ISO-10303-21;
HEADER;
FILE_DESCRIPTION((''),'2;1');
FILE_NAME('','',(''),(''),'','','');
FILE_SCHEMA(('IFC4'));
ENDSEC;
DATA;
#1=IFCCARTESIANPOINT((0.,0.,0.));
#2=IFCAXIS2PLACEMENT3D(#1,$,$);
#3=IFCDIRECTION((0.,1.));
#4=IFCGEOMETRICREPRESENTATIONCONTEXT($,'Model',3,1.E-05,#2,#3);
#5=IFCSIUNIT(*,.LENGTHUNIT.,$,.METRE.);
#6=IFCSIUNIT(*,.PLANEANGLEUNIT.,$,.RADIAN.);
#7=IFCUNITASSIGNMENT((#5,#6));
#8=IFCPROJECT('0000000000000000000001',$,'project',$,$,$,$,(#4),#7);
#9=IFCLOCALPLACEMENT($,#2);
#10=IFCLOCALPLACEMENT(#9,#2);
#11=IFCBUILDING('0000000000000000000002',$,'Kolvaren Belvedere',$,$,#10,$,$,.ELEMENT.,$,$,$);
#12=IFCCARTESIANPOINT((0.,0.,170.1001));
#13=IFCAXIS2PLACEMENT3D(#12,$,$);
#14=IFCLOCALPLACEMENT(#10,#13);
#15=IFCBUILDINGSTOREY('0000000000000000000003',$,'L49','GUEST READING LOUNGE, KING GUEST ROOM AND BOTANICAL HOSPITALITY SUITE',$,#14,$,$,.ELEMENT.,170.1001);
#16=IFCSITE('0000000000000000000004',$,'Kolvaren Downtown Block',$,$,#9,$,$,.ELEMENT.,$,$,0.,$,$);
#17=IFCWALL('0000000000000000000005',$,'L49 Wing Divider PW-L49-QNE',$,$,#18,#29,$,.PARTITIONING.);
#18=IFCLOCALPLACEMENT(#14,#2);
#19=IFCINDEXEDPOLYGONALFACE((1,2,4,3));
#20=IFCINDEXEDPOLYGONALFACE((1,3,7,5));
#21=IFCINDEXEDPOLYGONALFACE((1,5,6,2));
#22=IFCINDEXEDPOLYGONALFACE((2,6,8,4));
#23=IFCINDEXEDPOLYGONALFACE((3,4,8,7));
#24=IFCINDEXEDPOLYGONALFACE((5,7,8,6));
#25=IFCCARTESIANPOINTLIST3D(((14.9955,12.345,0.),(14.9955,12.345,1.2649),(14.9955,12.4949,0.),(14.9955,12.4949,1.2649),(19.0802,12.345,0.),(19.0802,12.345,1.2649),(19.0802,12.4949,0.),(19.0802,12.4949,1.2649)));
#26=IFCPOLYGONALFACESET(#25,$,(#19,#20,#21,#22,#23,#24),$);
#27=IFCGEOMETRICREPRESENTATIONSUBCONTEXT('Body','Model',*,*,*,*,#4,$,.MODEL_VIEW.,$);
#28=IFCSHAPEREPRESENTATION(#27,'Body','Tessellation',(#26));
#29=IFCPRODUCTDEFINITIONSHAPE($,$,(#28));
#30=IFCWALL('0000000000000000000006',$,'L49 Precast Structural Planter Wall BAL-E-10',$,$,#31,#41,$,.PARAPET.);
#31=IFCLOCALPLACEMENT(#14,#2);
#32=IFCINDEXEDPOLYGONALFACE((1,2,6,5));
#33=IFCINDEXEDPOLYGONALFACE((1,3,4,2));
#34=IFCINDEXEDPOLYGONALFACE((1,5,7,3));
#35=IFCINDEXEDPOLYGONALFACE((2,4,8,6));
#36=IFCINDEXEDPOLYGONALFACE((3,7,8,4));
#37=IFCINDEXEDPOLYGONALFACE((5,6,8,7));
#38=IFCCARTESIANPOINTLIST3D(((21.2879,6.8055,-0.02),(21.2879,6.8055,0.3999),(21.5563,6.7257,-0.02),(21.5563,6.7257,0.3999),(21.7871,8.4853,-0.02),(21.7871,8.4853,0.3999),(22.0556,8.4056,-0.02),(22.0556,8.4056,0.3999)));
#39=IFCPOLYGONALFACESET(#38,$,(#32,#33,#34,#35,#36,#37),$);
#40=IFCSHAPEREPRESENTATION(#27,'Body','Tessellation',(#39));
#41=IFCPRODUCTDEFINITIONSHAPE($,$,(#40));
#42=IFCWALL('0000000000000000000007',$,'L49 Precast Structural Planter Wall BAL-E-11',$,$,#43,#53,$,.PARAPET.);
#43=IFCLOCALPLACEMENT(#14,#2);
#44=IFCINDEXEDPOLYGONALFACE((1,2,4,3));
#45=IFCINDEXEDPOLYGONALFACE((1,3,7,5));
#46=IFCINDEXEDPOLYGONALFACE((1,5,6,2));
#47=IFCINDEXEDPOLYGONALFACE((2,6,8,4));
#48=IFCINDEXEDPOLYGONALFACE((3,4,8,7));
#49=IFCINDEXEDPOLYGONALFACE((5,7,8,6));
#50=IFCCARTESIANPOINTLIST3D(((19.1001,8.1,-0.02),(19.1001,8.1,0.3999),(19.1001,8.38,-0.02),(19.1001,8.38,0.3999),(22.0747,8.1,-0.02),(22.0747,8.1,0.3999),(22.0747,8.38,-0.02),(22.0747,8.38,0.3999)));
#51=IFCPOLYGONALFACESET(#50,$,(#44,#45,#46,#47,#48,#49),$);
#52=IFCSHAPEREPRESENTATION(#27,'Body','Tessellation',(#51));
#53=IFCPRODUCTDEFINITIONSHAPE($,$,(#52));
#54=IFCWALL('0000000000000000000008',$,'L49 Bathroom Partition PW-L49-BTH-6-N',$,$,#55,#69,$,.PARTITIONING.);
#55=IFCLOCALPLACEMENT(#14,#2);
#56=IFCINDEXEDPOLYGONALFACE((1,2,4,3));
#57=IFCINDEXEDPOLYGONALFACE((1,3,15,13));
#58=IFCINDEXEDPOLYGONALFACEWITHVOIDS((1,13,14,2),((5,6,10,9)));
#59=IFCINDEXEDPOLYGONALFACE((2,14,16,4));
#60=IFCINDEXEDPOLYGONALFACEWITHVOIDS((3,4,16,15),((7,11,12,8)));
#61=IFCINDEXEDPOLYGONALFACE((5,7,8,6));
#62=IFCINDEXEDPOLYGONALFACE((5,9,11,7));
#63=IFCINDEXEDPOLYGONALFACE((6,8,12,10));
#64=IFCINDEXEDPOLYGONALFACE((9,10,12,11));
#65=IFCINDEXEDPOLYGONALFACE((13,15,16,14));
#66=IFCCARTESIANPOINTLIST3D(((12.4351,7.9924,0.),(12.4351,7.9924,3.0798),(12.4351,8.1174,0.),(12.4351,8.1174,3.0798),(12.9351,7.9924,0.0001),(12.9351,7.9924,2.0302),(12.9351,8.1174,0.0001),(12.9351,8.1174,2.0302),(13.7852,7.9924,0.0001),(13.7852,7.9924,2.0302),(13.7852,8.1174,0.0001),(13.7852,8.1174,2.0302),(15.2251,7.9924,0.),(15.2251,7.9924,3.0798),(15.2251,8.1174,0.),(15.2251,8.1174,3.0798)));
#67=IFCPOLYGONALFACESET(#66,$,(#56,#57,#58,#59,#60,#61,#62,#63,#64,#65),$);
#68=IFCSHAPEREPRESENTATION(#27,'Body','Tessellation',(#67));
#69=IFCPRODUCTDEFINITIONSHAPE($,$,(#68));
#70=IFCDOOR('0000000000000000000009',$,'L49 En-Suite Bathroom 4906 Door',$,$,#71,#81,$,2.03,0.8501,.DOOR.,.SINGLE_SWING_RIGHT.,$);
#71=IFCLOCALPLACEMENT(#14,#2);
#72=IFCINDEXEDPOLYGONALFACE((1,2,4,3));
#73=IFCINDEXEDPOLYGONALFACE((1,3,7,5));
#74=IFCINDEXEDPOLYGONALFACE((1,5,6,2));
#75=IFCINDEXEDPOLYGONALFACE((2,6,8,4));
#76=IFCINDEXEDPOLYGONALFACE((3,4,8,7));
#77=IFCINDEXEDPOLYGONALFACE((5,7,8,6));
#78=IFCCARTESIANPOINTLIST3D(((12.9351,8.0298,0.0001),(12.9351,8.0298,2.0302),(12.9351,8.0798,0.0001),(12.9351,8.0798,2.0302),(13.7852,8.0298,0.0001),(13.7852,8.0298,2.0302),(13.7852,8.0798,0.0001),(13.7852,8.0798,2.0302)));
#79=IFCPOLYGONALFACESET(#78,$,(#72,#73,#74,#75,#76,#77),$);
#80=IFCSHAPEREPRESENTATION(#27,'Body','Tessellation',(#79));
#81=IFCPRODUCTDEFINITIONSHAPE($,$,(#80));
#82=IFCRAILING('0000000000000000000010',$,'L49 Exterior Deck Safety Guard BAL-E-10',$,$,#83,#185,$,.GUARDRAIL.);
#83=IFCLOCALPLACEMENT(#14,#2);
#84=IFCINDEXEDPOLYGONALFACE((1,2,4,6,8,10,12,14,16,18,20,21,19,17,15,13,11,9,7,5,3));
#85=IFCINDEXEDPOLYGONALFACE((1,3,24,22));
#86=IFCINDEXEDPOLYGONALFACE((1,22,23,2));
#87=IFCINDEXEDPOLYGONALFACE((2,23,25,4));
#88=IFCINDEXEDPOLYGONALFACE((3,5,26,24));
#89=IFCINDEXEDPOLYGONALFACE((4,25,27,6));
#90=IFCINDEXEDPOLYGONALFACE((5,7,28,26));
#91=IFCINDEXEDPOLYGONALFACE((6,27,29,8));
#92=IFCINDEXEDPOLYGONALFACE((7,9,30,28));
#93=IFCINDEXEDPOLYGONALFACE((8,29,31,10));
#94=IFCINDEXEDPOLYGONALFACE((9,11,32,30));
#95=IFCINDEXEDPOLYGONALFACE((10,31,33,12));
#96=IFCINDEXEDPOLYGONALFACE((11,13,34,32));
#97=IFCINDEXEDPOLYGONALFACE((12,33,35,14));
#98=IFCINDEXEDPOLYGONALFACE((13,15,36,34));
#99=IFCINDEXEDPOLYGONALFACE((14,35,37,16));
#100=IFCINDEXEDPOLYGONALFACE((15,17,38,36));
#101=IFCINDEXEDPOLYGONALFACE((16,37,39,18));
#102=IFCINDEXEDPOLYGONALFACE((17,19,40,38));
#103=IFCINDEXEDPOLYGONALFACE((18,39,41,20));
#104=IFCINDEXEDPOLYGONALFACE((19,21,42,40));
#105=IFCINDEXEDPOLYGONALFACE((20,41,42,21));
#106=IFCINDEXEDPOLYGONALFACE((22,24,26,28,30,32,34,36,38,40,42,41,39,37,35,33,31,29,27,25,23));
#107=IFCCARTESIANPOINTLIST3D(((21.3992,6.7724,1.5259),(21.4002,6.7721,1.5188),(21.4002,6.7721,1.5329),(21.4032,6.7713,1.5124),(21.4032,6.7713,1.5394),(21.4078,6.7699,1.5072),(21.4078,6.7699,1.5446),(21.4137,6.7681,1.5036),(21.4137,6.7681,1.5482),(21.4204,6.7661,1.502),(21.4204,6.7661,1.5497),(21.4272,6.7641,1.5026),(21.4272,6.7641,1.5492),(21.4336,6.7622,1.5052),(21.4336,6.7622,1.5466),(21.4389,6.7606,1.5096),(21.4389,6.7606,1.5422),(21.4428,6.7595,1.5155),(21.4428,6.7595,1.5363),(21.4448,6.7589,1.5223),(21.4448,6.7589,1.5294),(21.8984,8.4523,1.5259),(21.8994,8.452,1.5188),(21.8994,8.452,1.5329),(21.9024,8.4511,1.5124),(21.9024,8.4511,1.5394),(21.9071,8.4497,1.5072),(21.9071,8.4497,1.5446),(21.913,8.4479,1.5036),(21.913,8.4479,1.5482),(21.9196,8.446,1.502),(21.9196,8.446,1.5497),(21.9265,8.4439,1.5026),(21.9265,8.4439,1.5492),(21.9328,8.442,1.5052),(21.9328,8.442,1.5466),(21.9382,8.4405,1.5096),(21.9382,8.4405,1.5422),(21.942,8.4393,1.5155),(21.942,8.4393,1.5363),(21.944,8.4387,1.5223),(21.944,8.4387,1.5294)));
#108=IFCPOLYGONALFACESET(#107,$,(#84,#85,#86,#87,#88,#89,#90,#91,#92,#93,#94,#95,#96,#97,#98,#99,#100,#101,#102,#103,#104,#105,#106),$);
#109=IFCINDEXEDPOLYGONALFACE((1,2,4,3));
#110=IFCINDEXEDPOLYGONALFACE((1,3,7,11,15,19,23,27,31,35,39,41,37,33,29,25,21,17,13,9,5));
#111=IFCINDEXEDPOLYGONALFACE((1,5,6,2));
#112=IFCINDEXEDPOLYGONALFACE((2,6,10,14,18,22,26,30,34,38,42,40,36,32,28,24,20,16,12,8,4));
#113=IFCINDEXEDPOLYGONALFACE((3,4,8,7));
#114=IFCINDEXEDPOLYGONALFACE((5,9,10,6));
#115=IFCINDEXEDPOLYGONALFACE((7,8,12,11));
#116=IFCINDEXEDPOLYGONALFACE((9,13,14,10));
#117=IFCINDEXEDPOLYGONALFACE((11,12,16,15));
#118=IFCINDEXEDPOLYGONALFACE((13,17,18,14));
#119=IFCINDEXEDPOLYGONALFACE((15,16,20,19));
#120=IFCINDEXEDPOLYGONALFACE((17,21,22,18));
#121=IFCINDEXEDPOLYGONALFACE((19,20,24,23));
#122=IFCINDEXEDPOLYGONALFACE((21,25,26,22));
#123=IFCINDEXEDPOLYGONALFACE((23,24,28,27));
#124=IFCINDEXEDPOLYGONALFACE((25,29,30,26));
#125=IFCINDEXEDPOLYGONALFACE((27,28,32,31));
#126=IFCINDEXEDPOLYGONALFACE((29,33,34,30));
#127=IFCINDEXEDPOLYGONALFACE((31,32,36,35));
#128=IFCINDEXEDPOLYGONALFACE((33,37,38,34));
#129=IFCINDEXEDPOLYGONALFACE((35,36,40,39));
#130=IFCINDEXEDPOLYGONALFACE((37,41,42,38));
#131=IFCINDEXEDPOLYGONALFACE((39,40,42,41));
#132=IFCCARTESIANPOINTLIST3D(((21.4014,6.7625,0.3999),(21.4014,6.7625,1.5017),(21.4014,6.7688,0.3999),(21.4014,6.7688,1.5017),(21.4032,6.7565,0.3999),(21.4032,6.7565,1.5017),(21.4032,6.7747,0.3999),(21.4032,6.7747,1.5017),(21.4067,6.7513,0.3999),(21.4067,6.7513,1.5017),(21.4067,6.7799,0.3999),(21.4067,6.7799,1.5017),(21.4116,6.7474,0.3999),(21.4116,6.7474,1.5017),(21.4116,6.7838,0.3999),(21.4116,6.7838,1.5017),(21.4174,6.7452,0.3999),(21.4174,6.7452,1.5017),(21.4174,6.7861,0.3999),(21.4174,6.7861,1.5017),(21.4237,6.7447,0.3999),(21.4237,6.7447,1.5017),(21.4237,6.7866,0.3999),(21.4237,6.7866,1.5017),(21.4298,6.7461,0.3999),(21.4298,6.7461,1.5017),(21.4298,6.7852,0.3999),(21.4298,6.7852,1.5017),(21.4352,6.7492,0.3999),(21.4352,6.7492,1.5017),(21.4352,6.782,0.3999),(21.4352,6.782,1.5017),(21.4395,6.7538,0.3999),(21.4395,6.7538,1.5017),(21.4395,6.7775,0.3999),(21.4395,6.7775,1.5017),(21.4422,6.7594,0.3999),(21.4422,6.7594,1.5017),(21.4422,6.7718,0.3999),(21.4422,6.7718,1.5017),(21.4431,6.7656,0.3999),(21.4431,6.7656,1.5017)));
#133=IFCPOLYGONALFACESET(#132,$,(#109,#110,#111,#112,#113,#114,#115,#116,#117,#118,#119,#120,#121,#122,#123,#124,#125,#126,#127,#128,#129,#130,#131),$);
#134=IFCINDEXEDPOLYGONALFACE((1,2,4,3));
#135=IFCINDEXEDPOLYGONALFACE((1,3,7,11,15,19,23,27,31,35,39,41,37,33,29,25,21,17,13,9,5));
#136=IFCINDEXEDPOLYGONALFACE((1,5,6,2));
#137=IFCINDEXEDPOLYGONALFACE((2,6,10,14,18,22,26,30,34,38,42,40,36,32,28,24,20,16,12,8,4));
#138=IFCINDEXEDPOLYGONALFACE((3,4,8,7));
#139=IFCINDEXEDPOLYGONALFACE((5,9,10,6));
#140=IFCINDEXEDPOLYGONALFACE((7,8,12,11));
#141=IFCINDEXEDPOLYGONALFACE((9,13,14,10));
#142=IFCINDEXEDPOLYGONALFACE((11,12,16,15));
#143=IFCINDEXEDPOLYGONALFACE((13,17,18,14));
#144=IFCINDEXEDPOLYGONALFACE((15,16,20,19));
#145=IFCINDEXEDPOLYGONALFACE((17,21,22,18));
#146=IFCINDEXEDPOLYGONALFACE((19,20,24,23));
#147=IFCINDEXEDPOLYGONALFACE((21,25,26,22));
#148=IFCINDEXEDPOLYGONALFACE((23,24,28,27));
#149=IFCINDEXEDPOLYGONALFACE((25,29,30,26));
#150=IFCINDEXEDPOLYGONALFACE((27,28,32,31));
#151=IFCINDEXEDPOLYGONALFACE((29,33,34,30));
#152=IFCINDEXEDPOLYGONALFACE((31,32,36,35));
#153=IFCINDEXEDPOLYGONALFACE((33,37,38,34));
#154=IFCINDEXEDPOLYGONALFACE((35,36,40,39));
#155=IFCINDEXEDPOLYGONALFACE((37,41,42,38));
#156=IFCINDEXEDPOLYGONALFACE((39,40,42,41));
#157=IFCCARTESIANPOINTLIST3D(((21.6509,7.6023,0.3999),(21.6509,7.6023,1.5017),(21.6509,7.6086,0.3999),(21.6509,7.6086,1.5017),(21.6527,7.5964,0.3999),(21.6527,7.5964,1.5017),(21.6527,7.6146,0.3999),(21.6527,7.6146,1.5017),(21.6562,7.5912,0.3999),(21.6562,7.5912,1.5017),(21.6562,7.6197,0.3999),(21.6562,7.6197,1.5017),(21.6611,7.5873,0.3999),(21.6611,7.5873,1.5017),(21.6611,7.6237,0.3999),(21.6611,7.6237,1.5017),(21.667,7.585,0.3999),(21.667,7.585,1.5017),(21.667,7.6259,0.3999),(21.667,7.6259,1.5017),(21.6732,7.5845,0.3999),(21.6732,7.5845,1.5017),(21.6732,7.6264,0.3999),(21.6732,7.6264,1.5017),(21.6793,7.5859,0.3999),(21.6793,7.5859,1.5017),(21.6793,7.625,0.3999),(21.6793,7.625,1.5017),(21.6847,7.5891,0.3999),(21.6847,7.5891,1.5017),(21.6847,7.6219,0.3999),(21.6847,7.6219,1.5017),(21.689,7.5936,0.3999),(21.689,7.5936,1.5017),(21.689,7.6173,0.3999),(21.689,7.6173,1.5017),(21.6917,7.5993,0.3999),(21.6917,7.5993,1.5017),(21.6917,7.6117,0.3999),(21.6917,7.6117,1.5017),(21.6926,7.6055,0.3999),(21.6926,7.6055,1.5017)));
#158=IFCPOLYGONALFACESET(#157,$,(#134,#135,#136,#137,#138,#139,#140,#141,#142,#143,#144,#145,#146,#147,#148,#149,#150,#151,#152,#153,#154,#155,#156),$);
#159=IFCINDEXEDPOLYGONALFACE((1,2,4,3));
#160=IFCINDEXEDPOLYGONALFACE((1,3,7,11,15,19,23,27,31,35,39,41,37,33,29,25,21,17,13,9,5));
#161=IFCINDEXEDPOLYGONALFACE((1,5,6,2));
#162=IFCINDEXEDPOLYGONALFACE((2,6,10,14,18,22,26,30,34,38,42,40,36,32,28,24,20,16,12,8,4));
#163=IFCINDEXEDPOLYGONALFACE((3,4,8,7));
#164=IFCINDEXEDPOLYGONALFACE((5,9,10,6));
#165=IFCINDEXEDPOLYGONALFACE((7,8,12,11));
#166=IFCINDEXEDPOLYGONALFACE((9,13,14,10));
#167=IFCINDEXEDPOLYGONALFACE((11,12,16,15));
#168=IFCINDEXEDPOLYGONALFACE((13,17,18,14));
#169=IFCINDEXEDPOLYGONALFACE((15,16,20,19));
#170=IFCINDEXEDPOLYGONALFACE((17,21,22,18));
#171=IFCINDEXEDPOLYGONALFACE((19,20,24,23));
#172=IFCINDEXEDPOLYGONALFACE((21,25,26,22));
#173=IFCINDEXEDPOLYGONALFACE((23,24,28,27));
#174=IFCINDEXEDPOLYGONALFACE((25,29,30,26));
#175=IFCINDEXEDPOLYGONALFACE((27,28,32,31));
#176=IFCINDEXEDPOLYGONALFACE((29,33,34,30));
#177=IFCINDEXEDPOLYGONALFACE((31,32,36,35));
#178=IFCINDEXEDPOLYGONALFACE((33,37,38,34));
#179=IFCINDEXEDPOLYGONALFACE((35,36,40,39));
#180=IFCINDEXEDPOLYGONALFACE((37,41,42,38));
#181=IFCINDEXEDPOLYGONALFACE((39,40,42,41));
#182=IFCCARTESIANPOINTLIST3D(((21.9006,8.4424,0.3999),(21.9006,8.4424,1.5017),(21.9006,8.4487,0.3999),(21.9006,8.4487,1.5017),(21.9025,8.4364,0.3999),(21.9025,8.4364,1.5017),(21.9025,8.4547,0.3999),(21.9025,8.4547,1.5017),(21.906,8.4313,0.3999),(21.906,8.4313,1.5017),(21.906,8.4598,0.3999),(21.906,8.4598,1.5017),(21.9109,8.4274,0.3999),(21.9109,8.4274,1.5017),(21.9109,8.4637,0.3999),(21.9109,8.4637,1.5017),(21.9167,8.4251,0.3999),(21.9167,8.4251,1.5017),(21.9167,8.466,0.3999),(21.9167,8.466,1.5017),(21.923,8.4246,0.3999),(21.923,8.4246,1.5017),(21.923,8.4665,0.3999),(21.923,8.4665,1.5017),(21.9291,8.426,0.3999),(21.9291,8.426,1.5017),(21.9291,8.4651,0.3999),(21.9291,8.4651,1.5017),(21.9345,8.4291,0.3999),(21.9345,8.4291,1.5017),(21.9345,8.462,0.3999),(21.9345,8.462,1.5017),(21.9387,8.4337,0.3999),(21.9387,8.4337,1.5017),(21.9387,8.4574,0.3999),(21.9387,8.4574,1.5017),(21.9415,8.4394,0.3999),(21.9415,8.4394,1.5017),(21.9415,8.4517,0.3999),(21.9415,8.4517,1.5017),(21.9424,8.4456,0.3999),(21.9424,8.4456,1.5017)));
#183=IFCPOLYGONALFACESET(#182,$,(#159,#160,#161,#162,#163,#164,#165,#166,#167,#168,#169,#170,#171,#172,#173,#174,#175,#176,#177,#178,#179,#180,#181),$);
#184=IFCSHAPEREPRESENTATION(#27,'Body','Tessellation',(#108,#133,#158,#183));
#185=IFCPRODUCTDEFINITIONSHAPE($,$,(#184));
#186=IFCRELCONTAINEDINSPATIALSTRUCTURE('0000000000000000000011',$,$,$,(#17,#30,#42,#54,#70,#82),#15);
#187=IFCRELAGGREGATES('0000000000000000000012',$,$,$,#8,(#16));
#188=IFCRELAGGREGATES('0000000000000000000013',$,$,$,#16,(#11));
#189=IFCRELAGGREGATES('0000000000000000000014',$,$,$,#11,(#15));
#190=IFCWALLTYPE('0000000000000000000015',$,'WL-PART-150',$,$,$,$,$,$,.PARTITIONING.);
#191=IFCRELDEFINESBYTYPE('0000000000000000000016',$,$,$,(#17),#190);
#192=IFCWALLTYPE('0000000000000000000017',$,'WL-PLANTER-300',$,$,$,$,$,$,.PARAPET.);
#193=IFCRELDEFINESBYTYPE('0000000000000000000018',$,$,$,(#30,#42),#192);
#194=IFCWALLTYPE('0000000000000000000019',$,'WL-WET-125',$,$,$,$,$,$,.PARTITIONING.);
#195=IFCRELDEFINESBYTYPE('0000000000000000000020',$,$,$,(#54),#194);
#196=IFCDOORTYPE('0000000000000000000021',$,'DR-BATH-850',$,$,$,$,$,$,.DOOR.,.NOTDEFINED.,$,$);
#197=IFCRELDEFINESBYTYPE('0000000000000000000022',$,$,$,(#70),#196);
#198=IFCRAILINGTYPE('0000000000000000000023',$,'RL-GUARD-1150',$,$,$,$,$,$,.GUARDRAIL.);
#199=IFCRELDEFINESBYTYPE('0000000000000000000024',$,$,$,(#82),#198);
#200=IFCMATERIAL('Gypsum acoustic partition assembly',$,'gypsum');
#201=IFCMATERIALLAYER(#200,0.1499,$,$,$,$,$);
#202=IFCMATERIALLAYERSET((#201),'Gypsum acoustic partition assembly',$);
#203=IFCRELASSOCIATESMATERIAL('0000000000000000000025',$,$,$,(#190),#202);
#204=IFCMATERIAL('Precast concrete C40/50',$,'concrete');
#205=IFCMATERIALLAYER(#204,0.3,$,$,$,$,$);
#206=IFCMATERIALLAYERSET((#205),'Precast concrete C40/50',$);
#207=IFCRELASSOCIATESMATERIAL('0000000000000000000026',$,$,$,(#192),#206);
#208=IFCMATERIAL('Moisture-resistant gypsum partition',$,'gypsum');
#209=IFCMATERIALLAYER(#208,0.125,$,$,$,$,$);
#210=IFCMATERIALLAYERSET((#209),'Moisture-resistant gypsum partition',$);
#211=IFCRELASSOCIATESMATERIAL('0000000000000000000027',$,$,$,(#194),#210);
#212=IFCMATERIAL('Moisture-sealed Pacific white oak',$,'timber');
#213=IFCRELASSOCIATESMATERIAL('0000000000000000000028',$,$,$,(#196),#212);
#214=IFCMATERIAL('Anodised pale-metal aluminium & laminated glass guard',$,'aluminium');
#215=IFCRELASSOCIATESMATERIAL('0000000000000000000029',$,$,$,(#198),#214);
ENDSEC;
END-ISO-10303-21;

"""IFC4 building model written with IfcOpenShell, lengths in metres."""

from ifc_helpers import new_model, si_unit, direction, frame, frame_2d, origin, origin_2d, place, context, subcontext, project, spatial, rectangle, circle, extrude, material, layer, layer_set, type_object, element, fill, save


model = new_model("IFC4")

# Units and contexts
model_context = context("Model", 3, precision=1e-05, world=origin(), true_north=direction((0.0, 1.0)))
body_context = subcontext(model_context, "Body", "Model", "MODEL_VIEW")
ifc_project = project(units=[si_unit("LENGTHUNIT", "METRE"), si_unit("PLANEANGLEUNIT", "RADIAN")], contexts=[model_context])

# Site, building, storey
site_placement = place(None, origin())
site = spatial("IfcSite", under=ifc_project, at=site_placement, Name="Kolvaren Downtown Block", CompositionType="ELEMENT", RefElevation=0.0)
building_placement = place(site_placement, origin())
building = spatial("IfcBuilding", under=site, at=building_placement, Name="Kolvaren Belvedere", CompositionType="ELEMENT")
storey_placement = place(building_placement, frame((0.0, 0.0, 170.1001)))
storey = spatial("IfcBuildingStorey", under=building, at=storey_placement, Name="L49", Description="GUEST READING LOUNGE, KING GUEST ROOM AND BOTANICAL HOSPITALITY SUITE", CompositionType="ELEMENT", Elevation=170.1001)

# Walls
ifc_material_1 = material(Name="Gypsum acoustic partition assembly", Category="gypsum")
ifc_layer_1 = layer(ifc_material_1, 0.1499)
ifc_layer_set_1 = layer_set([ifc_layer_1], Name="Gypsum acoustic partition assembly")
wall_type_1 = type_object("IfcWallType", Name="WL-PART-150", PredefinedType="PARTITIONING", material=ifc_layer_set_1)
wall_1_placement = place(storey_placement, frame((14.9954, 12.4199, 0.0), z_axis=(0.0, 0.0, 1.0), x_axis=(1.0, 0.0, 0.0)))
element("IfcWall", 1, at=wall_1_placement, inside=storey, type_object=wall_type_1, Name="L49 Wing Divider PW-L49-QNE", PredefinedType="PARTITIONING", context=body_context, shape_type="SweptSolid", body=[
    extrude(rectangle(XDim=4.0847, YDim=0.1499, at=frame_2d((2.0425, 0.0))), origin(), (0.0, 0.0, 1.0), 1.2649),
])
ifc_material_2 = material(Name="Precast concrete C40/50", Category="concrete")
ifc_layer_2 = layer(ifc_material_2, 0.3)
ifc_layer_set_2 = layer_set([ifc_layer_2], Name="Precast concrete C40/50")
wall_type_2 = type_object("IfcWallType", Name="WL-PLANTER-300", PredefinedType="PARAPET", material=ifc_layer_set_2)
wall_2_placement = place(storey_placement, frame((21.4221, 6.7656, -0.02), z_axis=(0.0, 0.0, 1.0), x_axis=(0.28488, 0.958563, 0.0)))
element("IfcWall", 2, at=wall_2_placement, inside=storey, type_object=wall_type_2, Name="L49 Precast Structural Planter Wall BAL-E-10", PredefinedType="PARAPET", context=body_context, shape_type="SweptSolid", body=[
    extrude(rectangle(XDim=1.7524, YDim=0.28, at=frame_2d((0.8762, 0.0))), origin(), (0.0, 0.0, 1.0), 0.4199),
])
wall_3_placement = place(storey_placement, frame((22.0747, 8.24, -0.02), z_axis=(0.0, 0.0, 1.0), x_axis=(-1.0, 0.0, 0.0)))
element("IfcWall", 3, at=wall_3_placement, inside=storey, type_object=wall_type_2, Name="L49 Precast Structural Planter Wall BAL-E-11", PredefinedType="PARAPET", context=body_context, shape_type="SweptSolid", body=[
    extrude(rectangle(XDim=2.9746, YDim=0.28, at=frame_2d((1.4873, 0.0))), origin(), (0.0, 0.0, 1.0), 0.4199),
])

# Wall, opening, door
ifc_material_3 = material(Name="Moisture-resistant gypsum partition", Category="gypsum")
ifc_layer_3 = layer(ifc_material_3, 0.125)
ifc_layer_set_3 = layer_set([ifc_layer_3], Name="Moisture-resistant gypsum partition")
wall_type_3 = type_object("IfcWallType", Name="WL-WET-125", PredefinedType="PARTITIONING", material=ifc_layer_set_3)
wall_4_placement = place(storey_placement, frame((12.4351, 8.0549, 0.0), z_axis=(0.0, 0.0, 1.0), x_axis=(1.0, 0.0, 0.0)))
wall_4 = element("IfcWall", 4, at=wall_4_placement, inside=storey, type_object=wall_type_3, Name="L49 Bathroom Partition PW-L49-BTH-6-N", PredefinedType="PARTITIONING", context=body_context, shape_type="SweptSolid", body=[
    extrude(rectangle(XDim=2.79, YDim=0.125, at=frame_2d((1.395, 0.0))), origin(), (0.0, 0.0, 1.0), 3.0798),
])
opening_1_placement = place(wall_4_placement, frame((0.5, 0.0, 0.0)))
opening_1 = element("IfcOpeningElement", 5, at=opening_1_placement, cuts=wall_4, PredefinedType="OPENING", context=body_context, shape_type="SweptSolid", body=[
    extrude(rectangle(XDim=0.8501, YDim=2.03, at=frame_2d((0.425, 1.0151))), frame((0.0, 0.0725, 0.0), z_axis=(0.0, -1.0, 0.0), x_axis=(1.0, 0.0, 0.0)), (0.0, 0.0, 1.0), 0.145),
])
ifc_material_4 = material(Name="Moisture-sealed Pacific white oak", Category="timber")
door_type = type_object("IfcDoorType", Name="DR-BATH-850", OperationType="NOTDEFINED", PredefinedType="DOOR", material=ifc_material_4)
door_placement = place(opening_1_placement, origin())
door = element("IfcDoor", 6, at=door_placement, inside=storey, type_object=door_type, Name="L49 En-Suite Bathroom 4906 Door", OperationType="SINGLE_SWING_RIGHT", OverallHeight=2.03, OverallWidth=0.8501, PredefinedType="DOOR", context=body_context, shape_type="SweptSolid", body=[
    extrude(rectangle(XDim=0.8501, YDim=2.03, at=frame_2d((0.425, 1.0151))), frame((0.0, 0.0249, 0.0), z_axis=(0.0, -1.0, 0.0), x_axis=(1.0, 0.0, 0.0)), (0.0, 0.0, 1.0), 0.05),
])
fill(opening_1, door)

# Railing
ifc_material_5 = material(Name="Anodised pale-metal aluminium & laminated glass guard", Category="aluminium")
railing_type = type_object("IfcRailingType", Name="RL-GUARD-1150", PredefinedType="GUARDRAIL", material=ifc_material_5)
railing_1_placement = place(storey_placement, frame((21.4221, 6.7656, 0.3999)))
element("IfcRailing", 7, at=railing_1_placement, inside=storey, type_object=railing_type, Name="L49 Exterior Deck Safety Guard BAL-E-10", PredefinedType="GUARDRAIL", context=body_context, shape_type="SweptSolid", body=[
    extrude(circle(Radius=0.0239, at=origin_2d()), frame((0.0, 0.0, 1.126), z_axis=(0.28488, 0.958563, 0.0), x_axis=(-0.958563, 0.28488, 0.0)), (0.0, 0.0, 1.0), 1.7524),
    extrude(circle(Radius=0.021, at=origin_2d()), origin(), (0.0, 0.0, 1.0), 1.1018),
    extrude(circle(Radius=0.021, at=origin_2d()), frame((0.2495, 0.8398, 0.0)), (0.0, 0.0, 1.0), 1.1018),
    extrude(circle(Radius=0.021, at=origin_2d()), frame((0.4993, 1.6799, 0.0)), (0.0, 0.0, 1.0), 1.1018),
])

save(model, "model.ifc")
